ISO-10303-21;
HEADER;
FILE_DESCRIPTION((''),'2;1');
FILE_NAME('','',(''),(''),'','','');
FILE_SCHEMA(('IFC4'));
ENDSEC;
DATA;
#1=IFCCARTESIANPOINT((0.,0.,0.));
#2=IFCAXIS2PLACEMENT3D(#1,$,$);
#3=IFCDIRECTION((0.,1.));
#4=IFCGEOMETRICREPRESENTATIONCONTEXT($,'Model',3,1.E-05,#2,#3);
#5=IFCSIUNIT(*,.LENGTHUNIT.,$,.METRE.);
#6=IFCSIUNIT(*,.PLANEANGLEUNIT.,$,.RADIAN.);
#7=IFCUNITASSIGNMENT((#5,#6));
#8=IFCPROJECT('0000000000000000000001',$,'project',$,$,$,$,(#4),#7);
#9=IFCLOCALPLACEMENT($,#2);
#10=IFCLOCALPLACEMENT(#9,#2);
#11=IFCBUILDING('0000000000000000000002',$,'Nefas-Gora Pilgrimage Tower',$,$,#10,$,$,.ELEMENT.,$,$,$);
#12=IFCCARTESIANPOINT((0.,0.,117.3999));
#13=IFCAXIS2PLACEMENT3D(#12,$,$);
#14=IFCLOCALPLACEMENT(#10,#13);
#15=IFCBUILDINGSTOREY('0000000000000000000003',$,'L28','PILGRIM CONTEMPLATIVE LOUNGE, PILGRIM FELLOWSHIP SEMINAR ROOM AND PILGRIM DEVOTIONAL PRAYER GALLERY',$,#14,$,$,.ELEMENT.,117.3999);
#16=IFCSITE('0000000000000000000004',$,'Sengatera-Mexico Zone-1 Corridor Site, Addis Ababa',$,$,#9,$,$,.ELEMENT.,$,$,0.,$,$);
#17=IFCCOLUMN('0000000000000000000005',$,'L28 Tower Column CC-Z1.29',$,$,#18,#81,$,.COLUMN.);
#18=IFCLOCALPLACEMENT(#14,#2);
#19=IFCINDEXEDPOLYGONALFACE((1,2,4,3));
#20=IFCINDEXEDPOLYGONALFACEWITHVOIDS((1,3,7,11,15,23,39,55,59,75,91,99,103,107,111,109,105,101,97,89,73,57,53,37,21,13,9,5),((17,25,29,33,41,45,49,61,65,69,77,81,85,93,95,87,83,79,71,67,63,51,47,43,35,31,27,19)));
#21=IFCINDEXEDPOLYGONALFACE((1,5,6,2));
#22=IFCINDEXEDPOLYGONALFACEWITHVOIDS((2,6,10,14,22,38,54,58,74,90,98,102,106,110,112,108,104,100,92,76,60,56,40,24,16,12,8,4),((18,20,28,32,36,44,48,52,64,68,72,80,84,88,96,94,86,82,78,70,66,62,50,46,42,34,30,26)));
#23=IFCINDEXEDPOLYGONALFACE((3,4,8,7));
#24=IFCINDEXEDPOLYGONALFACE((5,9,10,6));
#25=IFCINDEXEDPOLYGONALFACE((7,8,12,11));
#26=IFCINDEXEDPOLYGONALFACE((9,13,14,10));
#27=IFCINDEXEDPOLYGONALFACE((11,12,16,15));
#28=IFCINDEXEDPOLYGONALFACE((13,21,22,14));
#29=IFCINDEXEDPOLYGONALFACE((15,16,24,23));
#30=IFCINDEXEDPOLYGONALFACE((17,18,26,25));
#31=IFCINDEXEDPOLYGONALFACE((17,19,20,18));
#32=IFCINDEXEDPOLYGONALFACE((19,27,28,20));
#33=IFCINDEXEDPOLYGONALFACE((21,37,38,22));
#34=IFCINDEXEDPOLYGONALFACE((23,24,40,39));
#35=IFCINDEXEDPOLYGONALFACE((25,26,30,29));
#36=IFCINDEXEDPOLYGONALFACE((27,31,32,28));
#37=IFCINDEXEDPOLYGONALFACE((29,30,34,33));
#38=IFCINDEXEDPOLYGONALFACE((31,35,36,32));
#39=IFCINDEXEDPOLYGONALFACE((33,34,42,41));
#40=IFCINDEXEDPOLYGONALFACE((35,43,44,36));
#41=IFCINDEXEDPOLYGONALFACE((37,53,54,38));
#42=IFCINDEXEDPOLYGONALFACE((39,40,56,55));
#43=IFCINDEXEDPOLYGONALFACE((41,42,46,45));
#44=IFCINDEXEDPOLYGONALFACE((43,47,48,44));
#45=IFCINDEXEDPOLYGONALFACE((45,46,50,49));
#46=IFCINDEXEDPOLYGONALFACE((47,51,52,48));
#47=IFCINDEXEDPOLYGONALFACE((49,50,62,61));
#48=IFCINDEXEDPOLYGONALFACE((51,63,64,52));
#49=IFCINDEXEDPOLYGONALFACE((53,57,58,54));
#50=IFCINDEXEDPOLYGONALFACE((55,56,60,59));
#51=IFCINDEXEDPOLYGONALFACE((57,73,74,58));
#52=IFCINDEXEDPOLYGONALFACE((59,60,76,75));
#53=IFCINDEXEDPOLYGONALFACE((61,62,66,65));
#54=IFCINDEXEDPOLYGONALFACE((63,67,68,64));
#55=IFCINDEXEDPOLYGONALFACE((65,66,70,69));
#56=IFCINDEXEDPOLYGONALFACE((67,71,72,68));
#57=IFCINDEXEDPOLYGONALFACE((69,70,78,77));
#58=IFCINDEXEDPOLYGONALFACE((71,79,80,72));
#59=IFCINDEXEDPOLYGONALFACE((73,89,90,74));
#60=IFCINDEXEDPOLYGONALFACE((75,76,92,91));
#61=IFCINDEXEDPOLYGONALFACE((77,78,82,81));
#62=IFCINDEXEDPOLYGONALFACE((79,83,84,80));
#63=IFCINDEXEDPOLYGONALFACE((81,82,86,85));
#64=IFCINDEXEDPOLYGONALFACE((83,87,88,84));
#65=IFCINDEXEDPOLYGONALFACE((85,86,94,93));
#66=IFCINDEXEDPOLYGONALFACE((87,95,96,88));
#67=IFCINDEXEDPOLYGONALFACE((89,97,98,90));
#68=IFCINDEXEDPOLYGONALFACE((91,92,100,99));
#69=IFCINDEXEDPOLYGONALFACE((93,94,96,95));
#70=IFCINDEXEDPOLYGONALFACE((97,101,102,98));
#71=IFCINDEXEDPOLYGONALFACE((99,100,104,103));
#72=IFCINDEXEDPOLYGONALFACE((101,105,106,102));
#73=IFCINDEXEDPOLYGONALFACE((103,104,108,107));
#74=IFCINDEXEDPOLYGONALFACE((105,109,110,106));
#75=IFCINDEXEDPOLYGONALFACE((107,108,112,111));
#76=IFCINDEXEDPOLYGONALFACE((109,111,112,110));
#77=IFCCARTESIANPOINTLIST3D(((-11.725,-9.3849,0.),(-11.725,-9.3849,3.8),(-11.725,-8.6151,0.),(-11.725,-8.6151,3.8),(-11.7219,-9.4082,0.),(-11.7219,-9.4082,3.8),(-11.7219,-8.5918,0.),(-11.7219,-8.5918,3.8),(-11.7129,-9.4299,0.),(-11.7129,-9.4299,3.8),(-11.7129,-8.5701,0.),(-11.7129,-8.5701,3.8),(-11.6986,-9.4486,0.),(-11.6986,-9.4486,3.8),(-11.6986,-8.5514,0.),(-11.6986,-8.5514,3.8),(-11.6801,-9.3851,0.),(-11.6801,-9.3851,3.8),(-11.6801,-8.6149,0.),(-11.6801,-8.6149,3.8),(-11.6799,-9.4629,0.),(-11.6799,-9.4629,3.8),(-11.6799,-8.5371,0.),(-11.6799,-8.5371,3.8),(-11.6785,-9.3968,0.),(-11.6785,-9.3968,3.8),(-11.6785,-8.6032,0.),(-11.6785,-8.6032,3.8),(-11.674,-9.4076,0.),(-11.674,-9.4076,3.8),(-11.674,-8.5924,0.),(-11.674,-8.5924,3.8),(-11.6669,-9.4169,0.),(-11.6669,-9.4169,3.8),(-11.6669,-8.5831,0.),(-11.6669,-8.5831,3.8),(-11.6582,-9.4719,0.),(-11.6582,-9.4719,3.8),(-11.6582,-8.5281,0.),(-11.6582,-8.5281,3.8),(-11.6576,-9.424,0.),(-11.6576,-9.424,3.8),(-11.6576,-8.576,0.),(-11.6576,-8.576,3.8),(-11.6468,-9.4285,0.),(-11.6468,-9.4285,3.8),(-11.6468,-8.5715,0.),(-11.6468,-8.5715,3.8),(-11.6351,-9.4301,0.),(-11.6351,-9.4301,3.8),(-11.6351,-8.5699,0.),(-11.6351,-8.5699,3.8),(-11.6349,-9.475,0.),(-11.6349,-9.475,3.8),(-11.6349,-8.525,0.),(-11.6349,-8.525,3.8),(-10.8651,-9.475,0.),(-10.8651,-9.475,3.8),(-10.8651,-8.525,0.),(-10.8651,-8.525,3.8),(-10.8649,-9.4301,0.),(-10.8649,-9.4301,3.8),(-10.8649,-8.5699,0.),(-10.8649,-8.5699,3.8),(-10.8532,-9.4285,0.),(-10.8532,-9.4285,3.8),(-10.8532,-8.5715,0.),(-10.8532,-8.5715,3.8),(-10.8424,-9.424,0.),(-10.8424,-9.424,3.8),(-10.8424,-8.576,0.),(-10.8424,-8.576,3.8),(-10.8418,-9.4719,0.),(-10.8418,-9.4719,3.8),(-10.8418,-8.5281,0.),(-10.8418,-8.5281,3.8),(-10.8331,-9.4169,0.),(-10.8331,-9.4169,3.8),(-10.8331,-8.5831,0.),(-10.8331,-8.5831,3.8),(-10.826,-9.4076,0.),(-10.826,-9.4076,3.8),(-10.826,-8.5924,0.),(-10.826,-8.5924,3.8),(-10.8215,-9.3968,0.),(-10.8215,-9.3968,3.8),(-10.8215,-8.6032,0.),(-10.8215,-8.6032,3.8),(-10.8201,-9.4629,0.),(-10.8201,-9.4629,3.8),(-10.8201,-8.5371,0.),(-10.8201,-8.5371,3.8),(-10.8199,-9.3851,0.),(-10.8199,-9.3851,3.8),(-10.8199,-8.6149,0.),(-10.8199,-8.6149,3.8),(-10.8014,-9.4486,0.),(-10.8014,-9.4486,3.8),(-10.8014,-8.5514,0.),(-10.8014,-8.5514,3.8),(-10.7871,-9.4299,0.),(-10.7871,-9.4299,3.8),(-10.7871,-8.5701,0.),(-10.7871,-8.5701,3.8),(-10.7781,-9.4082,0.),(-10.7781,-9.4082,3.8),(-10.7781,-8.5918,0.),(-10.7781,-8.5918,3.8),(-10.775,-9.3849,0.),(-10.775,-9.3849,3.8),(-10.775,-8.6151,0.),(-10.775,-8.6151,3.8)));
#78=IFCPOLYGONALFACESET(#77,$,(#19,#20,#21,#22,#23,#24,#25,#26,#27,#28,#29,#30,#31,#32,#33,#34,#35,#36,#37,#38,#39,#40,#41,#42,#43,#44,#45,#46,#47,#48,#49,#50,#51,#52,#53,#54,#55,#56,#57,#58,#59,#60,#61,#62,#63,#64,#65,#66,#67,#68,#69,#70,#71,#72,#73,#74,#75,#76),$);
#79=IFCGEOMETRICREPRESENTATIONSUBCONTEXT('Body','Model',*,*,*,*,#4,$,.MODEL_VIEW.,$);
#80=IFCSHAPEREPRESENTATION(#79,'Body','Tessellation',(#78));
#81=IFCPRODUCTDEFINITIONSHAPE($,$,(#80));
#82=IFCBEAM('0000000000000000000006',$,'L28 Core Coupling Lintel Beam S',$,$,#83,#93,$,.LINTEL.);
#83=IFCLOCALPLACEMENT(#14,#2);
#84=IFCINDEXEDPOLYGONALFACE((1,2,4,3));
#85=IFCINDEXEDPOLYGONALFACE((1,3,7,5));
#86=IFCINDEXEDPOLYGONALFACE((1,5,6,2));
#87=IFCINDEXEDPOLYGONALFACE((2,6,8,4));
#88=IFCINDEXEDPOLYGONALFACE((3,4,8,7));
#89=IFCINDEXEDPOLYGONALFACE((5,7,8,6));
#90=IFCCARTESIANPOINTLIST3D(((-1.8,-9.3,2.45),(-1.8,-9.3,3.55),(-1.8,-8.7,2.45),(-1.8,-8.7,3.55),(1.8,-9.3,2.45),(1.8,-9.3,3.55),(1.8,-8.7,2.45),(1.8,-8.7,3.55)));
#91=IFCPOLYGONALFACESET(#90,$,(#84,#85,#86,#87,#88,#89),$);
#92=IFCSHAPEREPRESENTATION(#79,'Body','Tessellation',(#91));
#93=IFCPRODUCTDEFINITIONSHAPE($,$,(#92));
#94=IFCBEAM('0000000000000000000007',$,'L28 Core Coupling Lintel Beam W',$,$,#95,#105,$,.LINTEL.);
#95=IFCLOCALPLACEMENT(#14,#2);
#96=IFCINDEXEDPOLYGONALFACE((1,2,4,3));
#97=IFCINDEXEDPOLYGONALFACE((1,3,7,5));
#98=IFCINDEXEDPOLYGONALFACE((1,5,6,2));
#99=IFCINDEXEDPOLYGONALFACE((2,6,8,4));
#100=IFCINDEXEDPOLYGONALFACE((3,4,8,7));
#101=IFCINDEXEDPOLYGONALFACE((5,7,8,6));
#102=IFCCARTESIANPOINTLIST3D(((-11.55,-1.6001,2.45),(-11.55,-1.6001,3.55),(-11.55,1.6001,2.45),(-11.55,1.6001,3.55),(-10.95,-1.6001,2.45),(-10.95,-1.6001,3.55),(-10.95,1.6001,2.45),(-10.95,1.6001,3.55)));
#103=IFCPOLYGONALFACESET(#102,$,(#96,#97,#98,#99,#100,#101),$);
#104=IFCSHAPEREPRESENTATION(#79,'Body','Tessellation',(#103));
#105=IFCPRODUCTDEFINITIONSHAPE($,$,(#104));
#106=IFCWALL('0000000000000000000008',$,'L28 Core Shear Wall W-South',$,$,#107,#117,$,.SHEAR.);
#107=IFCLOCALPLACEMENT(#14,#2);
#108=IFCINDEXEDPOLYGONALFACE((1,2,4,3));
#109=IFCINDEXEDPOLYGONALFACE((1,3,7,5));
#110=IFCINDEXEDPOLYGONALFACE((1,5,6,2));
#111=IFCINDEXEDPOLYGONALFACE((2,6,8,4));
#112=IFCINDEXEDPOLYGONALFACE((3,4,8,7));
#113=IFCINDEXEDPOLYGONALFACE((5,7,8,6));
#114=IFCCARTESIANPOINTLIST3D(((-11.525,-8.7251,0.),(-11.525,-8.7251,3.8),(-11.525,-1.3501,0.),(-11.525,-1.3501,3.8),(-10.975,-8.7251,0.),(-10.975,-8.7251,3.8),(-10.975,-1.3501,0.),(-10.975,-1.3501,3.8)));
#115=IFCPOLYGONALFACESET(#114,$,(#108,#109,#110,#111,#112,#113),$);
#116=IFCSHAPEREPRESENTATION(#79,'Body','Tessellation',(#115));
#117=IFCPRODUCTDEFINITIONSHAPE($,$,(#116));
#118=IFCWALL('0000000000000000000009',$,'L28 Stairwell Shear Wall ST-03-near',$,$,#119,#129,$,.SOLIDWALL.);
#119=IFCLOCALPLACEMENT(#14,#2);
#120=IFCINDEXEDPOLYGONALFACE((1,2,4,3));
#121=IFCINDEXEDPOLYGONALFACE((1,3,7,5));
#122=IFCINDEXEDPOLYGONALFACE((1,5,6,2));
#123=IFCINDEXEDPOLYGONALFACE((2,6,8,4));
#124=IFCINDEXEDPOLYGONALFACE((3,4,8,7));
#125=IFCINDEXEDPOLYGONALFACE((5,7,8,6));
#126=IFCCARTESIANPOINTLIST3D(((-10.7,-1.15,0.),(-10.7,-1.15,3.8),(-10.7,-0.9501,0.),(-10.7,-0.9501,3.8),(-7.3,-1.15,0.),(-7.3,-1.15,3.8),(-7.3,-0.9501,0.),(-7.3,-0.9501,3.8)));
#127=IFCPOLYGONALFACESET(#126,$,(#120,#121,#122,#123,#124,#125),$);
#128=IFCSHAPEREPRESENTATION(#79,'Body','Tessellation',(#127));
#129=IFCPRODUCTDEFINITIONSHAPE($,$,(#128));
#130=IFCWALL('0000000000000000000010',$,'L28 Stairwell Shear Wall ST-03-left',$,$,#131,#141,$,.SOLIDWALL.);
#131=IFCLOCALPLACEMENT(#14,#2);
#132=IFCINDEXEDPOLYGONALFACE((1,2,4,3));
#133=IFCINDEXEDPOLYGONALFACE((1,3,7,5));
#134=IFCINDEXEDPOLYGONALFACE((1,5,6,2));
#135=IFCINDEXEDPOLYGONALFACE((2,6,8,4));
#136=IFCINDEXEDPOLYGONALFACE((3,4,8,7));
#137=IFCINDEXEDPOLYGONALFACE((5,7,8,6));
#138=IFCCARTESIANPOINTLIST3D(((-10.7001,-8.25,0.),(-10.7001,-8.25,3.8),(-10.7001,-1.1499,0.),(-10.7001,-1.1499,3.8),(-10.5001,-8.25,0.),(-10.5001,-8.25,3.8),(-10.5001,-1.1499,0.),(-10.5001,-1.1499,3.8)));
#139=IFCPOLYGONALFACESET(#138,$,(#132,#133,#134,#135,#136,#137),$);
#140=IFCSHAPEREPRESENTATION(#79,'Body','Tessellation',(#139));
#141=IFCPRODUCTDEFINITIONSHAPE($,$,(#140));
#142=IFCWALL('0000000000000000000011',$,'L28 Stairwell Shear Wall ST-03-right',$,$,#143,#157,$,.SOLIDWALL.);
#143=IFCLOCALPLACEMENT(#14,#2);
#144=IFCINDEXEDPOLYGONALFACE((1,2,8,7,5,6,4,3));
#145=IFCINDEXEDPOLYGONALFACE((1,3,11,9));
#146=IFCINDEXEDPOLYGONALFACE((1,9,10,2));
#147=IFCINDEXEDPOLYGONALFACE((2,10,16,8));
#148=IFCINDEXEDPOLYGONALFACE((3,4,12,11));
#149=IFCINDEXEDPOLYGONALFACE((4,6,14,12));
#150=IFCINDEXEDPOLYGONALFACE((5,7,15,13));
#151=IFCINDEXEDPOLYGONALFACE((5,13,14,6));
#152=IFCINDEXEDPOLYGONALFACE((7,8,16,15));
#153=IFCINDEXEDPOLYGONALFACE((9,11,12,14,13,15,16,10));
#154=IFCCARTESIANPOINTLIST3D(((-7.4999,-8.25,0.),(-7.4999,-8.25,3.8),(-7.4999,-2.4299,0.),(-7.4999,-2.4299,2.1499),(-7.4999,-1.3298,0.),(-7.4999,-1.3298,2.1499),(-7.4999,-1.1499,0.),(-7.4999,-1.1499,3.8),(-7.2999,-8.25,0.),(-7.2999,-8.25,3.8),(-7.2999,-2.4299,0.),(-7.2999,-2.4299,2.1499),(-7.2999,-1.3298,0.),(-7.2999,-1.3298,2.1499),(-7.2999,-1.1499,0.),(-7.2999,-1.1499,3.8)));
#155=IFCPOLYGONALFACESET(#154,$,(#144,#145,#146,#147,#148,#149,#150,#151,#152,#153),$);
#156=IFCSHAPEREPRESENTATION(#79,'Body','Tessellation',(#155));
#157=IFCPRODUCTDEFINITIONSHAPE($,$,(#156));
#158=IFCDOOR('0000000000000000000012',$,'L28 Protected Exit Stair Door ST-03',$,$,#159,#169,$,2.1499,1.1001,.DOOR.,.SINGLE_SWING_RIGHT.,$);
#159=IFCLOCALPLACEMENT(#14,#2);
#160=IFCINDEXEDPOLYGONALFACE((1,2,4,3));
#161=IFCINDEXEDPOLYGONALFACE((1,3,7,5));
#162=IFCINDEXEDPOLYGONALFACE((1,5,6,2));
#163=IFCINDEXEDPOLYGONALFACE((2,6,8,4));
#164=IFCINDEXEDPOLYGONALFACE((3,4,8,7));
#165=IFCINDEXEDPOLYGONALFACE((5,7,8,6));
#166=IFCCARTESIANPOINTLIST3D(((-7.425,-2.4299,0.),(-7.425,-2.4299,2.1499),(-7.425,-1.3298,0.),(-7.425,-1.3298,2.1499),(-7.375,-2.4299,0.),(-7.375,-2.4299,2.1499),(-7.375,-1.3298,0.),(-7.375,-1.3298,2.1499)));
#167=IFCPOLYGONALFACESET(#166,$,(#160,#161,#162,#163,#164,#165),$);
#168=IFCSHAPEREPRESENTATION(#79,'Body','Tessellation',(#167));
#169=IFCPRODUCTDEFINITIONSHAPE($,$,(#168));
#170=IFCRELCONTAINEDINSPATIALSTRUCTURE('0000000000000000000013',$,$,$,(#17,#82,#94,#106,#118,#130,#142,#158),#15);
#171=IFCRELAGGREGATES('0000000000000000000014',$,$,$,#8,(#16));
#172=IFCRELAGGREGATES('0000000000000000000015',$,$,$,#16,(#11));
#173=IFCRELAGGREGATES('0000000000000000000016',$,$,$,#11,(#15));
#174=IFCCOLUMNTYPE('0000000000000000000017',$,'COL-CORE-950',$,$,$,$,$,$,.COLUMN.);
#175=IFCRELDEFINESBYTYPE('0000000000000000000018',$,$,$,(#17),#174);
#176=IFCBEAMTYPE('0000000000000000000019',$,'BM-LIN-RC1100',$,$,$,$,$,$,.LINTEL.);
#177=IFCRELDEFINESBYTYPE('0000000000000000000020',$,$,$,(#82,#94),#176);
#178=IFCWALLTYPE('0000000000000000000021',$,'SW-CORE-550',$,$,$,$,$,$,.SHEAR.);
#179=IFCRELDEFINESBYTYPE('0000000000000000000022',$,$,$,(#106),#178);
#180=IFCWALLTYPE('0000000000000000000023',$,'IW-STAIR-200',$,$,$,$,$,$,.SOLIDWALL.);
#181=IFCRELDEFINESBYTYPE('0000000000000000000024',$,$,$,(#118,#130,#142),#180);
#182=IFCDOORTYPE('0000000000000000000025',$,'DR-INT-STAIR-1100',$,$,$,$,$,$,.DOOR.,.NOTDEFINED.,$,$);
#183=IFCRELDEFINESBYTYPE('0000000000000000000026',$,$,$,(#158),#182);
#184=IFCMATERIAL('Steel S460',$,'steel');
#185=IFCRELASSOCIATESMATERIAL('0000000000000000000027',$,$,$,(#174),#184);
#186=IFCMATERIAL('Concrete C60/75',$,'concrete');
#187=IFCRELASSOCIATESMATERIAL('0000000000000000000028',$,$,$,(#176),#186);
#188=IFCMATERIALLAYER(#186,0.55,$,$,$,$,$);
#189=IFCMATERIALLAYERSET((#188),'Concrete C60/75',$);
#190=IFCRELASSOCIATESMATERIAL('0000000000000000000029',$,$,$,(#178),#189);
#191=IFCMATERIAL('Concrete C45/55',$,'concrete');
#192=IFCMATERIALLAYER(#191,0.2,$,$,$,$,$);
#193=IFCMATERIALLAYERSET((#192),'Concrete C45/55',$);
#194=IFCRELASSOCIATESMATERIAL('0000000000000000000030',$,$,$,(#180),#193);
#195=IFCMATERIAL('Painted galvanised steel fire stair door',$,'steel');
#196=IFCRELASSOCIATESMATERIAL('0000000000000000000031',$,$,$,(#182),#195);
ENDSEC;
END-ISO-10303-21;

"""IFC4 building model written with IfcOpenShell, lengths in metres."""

from ifc_helpers import new_model, si_unit, direction, frame, frame_2d, origin, origin_2d, place, context, subcontext, project, spatial, rectangle, hollow_rectangle, extrude, source, transform, mapped, material, layer, layer_set, material_profile, profile_set, type_object, element, fill, save


model = new_model("IFC4")

# Units and contexts
model_context = context("Model", 3, precision=1e-05, world=origin(), true_north=direction((0.0, 1.0)))
body_context = subcontext(model_context, "Body", "Model", "MODEL_VIEW")
ifc_project = project(units=[si_unit("LENGTHUNIT", "METRE"), si_unit("PLANEANGLEUNIT", "RADIAN")], contexts=[model_context])

# Site, building, storey
site_placement = place(None, origin())
site = spatial("IfcSite", under=ifc_project, at=site_placement, Name="Sengatera-Mexico Zone-1 Corridor Site, Addis Ababa", CompositionType="ELEMENT", RefElevation=0.0)
building_placement = place(site_placement, origin())
building = spatial("IfcBuilding", under=site, at=building_placement, Name="Nefas-Gora Pilgrimage Tower", CompositionType="ELEMENT")
storey_placement = place(building_placement, frame((0.0, 0.0, 117.3999)))
storey = spatial("IfcBuildingStorey", under=building, at=storey_placement, Name="L28", Description="PILGRIM CONTEMPLATIVE LOUNGE, PILGRIM FELLOWSHIP SEMINAR ROOM AND PILGRIM DEVOTIONAL PRAYER GALLERY", CompositionType="ELEMENT", Elevation=117.3999)

# Column
ifc_material_1 = material(Name="Steel S460", Category="steel")
ifc_material_profile_1 = material_profile(ifc_material_1, hollow_rectangle(XDim=0.95, YDim=0.95, WallThickness=0.0449, InnerFilletRadius=0.0449, OuterFilletRadius=0.0901, at=origin_2d()), Name="BOX 950x950x45")
ifc_profile_set_1 = profile_set([ifc_material_profile_1], Name="Steel S460")
column_type = type_object("IfcColumnType", Name="COL-CORE-950", PredefinedType="COLUMN", material=ifc_profile_set_1)
shared_shape_1 = source(origin(), body_context, "Body", "SweptSolid", [
    extrude(hollow_rectangle(XDim=0.95, YDim=0.95, WallThickness=0.0449, InnerFilletRadius=0.0449, OuterFilletRadius=0.0901, at=origin_2d()), origin(), (0.0, 0.0, 1.0), 3.8),
])
column_placement = place(storey_placement, frame((-11.25, -9.0, 0.0), z_axis=(0.0, 0.0, 1.0), x_axis=(1.0, 0.0, 0.0)))
element("IfcColumn", 1, at=column_placement, inside=storey, type_object=column_type, Name="L28 Tower Column CC-Z1.29", PredefinedType="COLUMN", context=body_context, shape_type="MappedRepresentation", body=[
    mapped(shared_shape_1, transform((0.0, 0.0, 0.0), x_axis=(1.0, 0.0, 0.0), y_axis=(0.0, 1.0, 0.0), z_axis=(0.0, 0.0, 1.0), scale=1.0)),
])

# Beams
ifc_material_2 = material(Name="Concrete C60/75", Category="concrete")
ifc_material_profile_2 = material_profile(ifc_material_2, rectangle(XDim=0.6001, YDim=1.1001, at=origin_2d()), Name="RC 600x1100")
ifc_profile_set_2 = profile_set([ifc_material_profile_2], Name="Concrete C60/75")
beam_type = type_object("IfcBeamType", Name="BM-LIN-RC1100", PredefinedType="LINTEL", material=ifc_profile_set_2)
shared_shape_2 = source(origin(), body_context, "Body", "SweptSolid", [
    extrude(rectangle(XDim=0.6001, YDim=1.1001, at=origin_2d()), origin(), (0.0, 0.0, 1.0), 3.6001),
])
beam_1_placement = place(storey_placement, frame((-1.8, -9.0, 3.0), z_axis=(1.0, 0.0, 0.0), x_axis=(0.0, 1.0, 0.0)))
element("IfcBeam", 2, at=beam_1_placement, inside=storey, type_object=beam_type, Name="L28 Core Coupling Lintel Beam S", PredefinedType="LINTEL", context=body_context, shape_type="MappedRepresentation", body=[
    mapped(shared_shape_2, transform((0.0, 0.0, 0.0), x_axis=(1.0, 0.0, 0.0), y_axis=(0.0, 1.0, 0.0), z_axis=(0.0, 0.0, 1.0), scale=1.0)),
])
shared_shape_3 = source(origin(), body_context, "Body", "SweptSolid", [
    extrude(rectangle(XDim=0.6001, YDim=1.1001, at=origin_2d()), origin(), (0.0, 0.0, 1.0), 3.2002),
])
beam_2_placement = place(storey_placement, frame((-11.25, -1.6001, 3.0), z_axis=(0.0, 1.0, 0.0), x_axis=(-1.0, 0.0, 0.0)))
element("IfcBeam", 3, at=beam_2_placement, inside=storey, type_object=beam_type, Name="L28 Core Coupling Lintel Beam W", PredefinedType="LINTEL", context=body_context, shape_type="MappedRepresentation", body=[
    mapped(shared_shape_3, transform((0.0, 0.0, 0.0), x_axis=(1.0, 0.0, 0.0), y_axis=(0.0, 1.0, 0.0), z_axis=(0.0, 0.0, 1.0), scale=1.0)),
])

# Walls
ifc_layer_1 = layer(ifc_material_2, 0.55)
ifc_layer_set_1 = layer_set([ifc_layer_1], Name="Concrete C60/75")
wall_type_1 = type_object("IfcWallType", Name="SW-CORE-550", PredefinedType="SHEAR", material=ifc_layer_set_1)
shared_shape_4 = source(origin(), body_context, "Body", "SweptSolid", [
    extrude(rectangle(XDim=7.375, YDim=0.55, at=frame_2d((3.6875, 0.0))), origin(), (0.0, 0.0, 1.0), 3.8),
])
wall_1_placement = place(storey_placement, frame((-11.25, -8.7251, 0.0), z_axis=(0.0, 0.0, 1.0), x_axis=(0.0, 1.0, 0.0)))
element("IfcWall", 4, at=wall_1_placement, inside=storey, type_object=wall_type_1, Name="L28 Core Shear Wall W-South", PredefinedType="SHEAR", context=body_context, shape_type="MappedRepresentation", body=[
    mapped(shared_shape_4, transform((0.0, 0.0, 0.0), x_axis=(1.0, 0.0, 0.0), y_axis=(0.0, 1.0, 0.0), z_axis=(0.0, 0.0, 1.0), scale=1.0)),
])
ifc_material_3 = material(Name="Concrete C45/55", Category="concrete")
ifc_layer_2 = layer(ifc_material_3, 0.2)
ifc_layer_set_2 = layer_set([ifc_layer_2], Name="Concrete C45/55")
wall_type_2 = type_object("IfcWallType", Name="IW-STAIR-200", PredefinedType="SOLIDWALL", material=ifc_layer_set_2)
shared_shape_5 = source(origin(), body_context, "Body", "SweptSolid", [
    extrude(rectangle(XDim=3.3999, YDim=0.2, at=frame_2d((1.7, 0.0))), origin(), (0.0, 0.0, 1.0), 3.8),
])
wall_2_placement = place(storey_placement, frame((-10.7, -1.05, 0.0), z_axis=(0.0, 0.0, 1.0), x_axis=(1.0, 0.0, 0.0)))
element("IfcWall", 5, at=wall_2_placement, inside=storey, type_object=wall_type_2, Name="L28 Stairwell Shear Wall ST-03-near", PredefinedType="SOLIDWALL", context=body_context, shape_type="MappedRepresentation", body=[
    mapped(shared_shape_5, transform((0.0, 0.0, 0.0), x_axis=(1.0, 0.0, 0.0), y_axis=(0.0, 1.0, 0.0), z_axis=(0.0, 0.0, 1.0), scale=1.0)),
])
shared_shape_6 = source(origin(), body_context, "Body", "SweptSolid", [
    extrude(rectangle(XDim=7.1001, YDim=0.2, at=frame_2d((3.55, 0.0))), origin(), (0.0, 0.0, 1.0), 3.8),
])
wall_3_placement = place(storey_placement, frame((-10.6001, -1.1499, 0.0), z_axis=(0.0, 0.0, 1.0), x_axis=(0.0, -1.0, 0.0)))
element("IfcWall", 6, at=wall_3_placement, inside=storey, type_object=wall_type_2, Name="L28 Stairwell Shear Wall ST-03-left", PredefinedType="SOLIDWALL", context=body_context, shape_type="MappedRepresentation", body=[
    mapped(shared_shape_6, transform((0.0, 0.0, 0.0), x_axis=(1.0, 0.0, 0.0), y_axis=(0.0, 1.0, 0.0), z_axis=(0.0, 0.0, 1.0), scale=1.0)),
])

# Wall, opening, door
wall_4_placement = place(storey_placement, frame((-7.3999, -1.1499, 0.0), z_axis=(0.0, 0.0, 1.0), x_axis=(0.0, -1.0, 0.0)))
wall_4 = element("IfcWall", 7, at=wall_4_placement, inside=storey, type_object=wall_type_2, Name="L28 Stairwell Shear Wall ST-03-right", PredefinedType="SOLIDWALL", context=body_context, shape_type="MappedRepresentation", body=[
    mapped(shared_shape_6, transform((0.0, 0.0, 0.0), x_axis=(1.0, 0.0, 0.0), y_axis=(0.0, 1.0, 0.0), z_axis=(0.0, 0.0, 1.0), scale=1.0)),
])
opening_1_placement = place(wall_4_placement, frame((0.1799, 0.0, 0.0)))
opening_1 = element("IfcOpeningElement", 8, at=opening_1_placement, cuts=wall_4, PredefinedType="OPENING", context=body_context, shape_type="SweptSolid", body=[
    extrude(rectangle(XDim=1.1001, YDim=2.1499, at=frame_2d((0.55, 1.075))), frame((0.0, 0.1099, 0.0), z_axis=(0.0, -1.0, 0.0), x_axis=(1.0, 0.0, 0.0)), (0.0, 0.0, 1.0), 0.22),
])
ifc_material_4 = material(Name="Painted galvanised steel fire stair door", Category="steel")
door_type_1 = type_object("IfcDoorType", Name="DR-INT-STAIR-1100", OperationType="NOTDEFINED", PredefinedType="DOOR", material=ifc_material_4)
shared_shape_7 = source(origin(), body_context, "Body", "SweptSolid", [
    extrude(rectangle(XDim=1.1001, YDim=2.1499, at=frame_2d((0.55, 1.075))), frame((0.0, 0.0249, 0.0), z_axis=(0.0, -1.0, 0.0), x_axis=(1.0, 0.0, 0.0)), (0.0, 0.0, 1.0), 0.05),
])
door_1_placement = place(opening_1_placement, origin())
door_1 = element("IfcDoor", 9, at=door_1_placement, inside=storey, type_object=door_type_1, Name="L28 Protected Exit Stair Door ST-03", OperationType="SINGLE_SWING_RIGHT", OverallHeight=2.1499, OverallWidth=1.1001, PredefinedType="DOOR", context=body_context, shape_type="MappedRepresentation", body=[
    mapped(shared_shape_7, transform((0.0, 0.0, 0.0), x_axis=(1.0, 0.0, 0.0), y_axis=(0.0, 1.0, 0.0), z_axis=(0.0, 0.0, 1.0), scale=1.0)),
])
fill(opening_1, door_1)

save(model, "model.ifc")
